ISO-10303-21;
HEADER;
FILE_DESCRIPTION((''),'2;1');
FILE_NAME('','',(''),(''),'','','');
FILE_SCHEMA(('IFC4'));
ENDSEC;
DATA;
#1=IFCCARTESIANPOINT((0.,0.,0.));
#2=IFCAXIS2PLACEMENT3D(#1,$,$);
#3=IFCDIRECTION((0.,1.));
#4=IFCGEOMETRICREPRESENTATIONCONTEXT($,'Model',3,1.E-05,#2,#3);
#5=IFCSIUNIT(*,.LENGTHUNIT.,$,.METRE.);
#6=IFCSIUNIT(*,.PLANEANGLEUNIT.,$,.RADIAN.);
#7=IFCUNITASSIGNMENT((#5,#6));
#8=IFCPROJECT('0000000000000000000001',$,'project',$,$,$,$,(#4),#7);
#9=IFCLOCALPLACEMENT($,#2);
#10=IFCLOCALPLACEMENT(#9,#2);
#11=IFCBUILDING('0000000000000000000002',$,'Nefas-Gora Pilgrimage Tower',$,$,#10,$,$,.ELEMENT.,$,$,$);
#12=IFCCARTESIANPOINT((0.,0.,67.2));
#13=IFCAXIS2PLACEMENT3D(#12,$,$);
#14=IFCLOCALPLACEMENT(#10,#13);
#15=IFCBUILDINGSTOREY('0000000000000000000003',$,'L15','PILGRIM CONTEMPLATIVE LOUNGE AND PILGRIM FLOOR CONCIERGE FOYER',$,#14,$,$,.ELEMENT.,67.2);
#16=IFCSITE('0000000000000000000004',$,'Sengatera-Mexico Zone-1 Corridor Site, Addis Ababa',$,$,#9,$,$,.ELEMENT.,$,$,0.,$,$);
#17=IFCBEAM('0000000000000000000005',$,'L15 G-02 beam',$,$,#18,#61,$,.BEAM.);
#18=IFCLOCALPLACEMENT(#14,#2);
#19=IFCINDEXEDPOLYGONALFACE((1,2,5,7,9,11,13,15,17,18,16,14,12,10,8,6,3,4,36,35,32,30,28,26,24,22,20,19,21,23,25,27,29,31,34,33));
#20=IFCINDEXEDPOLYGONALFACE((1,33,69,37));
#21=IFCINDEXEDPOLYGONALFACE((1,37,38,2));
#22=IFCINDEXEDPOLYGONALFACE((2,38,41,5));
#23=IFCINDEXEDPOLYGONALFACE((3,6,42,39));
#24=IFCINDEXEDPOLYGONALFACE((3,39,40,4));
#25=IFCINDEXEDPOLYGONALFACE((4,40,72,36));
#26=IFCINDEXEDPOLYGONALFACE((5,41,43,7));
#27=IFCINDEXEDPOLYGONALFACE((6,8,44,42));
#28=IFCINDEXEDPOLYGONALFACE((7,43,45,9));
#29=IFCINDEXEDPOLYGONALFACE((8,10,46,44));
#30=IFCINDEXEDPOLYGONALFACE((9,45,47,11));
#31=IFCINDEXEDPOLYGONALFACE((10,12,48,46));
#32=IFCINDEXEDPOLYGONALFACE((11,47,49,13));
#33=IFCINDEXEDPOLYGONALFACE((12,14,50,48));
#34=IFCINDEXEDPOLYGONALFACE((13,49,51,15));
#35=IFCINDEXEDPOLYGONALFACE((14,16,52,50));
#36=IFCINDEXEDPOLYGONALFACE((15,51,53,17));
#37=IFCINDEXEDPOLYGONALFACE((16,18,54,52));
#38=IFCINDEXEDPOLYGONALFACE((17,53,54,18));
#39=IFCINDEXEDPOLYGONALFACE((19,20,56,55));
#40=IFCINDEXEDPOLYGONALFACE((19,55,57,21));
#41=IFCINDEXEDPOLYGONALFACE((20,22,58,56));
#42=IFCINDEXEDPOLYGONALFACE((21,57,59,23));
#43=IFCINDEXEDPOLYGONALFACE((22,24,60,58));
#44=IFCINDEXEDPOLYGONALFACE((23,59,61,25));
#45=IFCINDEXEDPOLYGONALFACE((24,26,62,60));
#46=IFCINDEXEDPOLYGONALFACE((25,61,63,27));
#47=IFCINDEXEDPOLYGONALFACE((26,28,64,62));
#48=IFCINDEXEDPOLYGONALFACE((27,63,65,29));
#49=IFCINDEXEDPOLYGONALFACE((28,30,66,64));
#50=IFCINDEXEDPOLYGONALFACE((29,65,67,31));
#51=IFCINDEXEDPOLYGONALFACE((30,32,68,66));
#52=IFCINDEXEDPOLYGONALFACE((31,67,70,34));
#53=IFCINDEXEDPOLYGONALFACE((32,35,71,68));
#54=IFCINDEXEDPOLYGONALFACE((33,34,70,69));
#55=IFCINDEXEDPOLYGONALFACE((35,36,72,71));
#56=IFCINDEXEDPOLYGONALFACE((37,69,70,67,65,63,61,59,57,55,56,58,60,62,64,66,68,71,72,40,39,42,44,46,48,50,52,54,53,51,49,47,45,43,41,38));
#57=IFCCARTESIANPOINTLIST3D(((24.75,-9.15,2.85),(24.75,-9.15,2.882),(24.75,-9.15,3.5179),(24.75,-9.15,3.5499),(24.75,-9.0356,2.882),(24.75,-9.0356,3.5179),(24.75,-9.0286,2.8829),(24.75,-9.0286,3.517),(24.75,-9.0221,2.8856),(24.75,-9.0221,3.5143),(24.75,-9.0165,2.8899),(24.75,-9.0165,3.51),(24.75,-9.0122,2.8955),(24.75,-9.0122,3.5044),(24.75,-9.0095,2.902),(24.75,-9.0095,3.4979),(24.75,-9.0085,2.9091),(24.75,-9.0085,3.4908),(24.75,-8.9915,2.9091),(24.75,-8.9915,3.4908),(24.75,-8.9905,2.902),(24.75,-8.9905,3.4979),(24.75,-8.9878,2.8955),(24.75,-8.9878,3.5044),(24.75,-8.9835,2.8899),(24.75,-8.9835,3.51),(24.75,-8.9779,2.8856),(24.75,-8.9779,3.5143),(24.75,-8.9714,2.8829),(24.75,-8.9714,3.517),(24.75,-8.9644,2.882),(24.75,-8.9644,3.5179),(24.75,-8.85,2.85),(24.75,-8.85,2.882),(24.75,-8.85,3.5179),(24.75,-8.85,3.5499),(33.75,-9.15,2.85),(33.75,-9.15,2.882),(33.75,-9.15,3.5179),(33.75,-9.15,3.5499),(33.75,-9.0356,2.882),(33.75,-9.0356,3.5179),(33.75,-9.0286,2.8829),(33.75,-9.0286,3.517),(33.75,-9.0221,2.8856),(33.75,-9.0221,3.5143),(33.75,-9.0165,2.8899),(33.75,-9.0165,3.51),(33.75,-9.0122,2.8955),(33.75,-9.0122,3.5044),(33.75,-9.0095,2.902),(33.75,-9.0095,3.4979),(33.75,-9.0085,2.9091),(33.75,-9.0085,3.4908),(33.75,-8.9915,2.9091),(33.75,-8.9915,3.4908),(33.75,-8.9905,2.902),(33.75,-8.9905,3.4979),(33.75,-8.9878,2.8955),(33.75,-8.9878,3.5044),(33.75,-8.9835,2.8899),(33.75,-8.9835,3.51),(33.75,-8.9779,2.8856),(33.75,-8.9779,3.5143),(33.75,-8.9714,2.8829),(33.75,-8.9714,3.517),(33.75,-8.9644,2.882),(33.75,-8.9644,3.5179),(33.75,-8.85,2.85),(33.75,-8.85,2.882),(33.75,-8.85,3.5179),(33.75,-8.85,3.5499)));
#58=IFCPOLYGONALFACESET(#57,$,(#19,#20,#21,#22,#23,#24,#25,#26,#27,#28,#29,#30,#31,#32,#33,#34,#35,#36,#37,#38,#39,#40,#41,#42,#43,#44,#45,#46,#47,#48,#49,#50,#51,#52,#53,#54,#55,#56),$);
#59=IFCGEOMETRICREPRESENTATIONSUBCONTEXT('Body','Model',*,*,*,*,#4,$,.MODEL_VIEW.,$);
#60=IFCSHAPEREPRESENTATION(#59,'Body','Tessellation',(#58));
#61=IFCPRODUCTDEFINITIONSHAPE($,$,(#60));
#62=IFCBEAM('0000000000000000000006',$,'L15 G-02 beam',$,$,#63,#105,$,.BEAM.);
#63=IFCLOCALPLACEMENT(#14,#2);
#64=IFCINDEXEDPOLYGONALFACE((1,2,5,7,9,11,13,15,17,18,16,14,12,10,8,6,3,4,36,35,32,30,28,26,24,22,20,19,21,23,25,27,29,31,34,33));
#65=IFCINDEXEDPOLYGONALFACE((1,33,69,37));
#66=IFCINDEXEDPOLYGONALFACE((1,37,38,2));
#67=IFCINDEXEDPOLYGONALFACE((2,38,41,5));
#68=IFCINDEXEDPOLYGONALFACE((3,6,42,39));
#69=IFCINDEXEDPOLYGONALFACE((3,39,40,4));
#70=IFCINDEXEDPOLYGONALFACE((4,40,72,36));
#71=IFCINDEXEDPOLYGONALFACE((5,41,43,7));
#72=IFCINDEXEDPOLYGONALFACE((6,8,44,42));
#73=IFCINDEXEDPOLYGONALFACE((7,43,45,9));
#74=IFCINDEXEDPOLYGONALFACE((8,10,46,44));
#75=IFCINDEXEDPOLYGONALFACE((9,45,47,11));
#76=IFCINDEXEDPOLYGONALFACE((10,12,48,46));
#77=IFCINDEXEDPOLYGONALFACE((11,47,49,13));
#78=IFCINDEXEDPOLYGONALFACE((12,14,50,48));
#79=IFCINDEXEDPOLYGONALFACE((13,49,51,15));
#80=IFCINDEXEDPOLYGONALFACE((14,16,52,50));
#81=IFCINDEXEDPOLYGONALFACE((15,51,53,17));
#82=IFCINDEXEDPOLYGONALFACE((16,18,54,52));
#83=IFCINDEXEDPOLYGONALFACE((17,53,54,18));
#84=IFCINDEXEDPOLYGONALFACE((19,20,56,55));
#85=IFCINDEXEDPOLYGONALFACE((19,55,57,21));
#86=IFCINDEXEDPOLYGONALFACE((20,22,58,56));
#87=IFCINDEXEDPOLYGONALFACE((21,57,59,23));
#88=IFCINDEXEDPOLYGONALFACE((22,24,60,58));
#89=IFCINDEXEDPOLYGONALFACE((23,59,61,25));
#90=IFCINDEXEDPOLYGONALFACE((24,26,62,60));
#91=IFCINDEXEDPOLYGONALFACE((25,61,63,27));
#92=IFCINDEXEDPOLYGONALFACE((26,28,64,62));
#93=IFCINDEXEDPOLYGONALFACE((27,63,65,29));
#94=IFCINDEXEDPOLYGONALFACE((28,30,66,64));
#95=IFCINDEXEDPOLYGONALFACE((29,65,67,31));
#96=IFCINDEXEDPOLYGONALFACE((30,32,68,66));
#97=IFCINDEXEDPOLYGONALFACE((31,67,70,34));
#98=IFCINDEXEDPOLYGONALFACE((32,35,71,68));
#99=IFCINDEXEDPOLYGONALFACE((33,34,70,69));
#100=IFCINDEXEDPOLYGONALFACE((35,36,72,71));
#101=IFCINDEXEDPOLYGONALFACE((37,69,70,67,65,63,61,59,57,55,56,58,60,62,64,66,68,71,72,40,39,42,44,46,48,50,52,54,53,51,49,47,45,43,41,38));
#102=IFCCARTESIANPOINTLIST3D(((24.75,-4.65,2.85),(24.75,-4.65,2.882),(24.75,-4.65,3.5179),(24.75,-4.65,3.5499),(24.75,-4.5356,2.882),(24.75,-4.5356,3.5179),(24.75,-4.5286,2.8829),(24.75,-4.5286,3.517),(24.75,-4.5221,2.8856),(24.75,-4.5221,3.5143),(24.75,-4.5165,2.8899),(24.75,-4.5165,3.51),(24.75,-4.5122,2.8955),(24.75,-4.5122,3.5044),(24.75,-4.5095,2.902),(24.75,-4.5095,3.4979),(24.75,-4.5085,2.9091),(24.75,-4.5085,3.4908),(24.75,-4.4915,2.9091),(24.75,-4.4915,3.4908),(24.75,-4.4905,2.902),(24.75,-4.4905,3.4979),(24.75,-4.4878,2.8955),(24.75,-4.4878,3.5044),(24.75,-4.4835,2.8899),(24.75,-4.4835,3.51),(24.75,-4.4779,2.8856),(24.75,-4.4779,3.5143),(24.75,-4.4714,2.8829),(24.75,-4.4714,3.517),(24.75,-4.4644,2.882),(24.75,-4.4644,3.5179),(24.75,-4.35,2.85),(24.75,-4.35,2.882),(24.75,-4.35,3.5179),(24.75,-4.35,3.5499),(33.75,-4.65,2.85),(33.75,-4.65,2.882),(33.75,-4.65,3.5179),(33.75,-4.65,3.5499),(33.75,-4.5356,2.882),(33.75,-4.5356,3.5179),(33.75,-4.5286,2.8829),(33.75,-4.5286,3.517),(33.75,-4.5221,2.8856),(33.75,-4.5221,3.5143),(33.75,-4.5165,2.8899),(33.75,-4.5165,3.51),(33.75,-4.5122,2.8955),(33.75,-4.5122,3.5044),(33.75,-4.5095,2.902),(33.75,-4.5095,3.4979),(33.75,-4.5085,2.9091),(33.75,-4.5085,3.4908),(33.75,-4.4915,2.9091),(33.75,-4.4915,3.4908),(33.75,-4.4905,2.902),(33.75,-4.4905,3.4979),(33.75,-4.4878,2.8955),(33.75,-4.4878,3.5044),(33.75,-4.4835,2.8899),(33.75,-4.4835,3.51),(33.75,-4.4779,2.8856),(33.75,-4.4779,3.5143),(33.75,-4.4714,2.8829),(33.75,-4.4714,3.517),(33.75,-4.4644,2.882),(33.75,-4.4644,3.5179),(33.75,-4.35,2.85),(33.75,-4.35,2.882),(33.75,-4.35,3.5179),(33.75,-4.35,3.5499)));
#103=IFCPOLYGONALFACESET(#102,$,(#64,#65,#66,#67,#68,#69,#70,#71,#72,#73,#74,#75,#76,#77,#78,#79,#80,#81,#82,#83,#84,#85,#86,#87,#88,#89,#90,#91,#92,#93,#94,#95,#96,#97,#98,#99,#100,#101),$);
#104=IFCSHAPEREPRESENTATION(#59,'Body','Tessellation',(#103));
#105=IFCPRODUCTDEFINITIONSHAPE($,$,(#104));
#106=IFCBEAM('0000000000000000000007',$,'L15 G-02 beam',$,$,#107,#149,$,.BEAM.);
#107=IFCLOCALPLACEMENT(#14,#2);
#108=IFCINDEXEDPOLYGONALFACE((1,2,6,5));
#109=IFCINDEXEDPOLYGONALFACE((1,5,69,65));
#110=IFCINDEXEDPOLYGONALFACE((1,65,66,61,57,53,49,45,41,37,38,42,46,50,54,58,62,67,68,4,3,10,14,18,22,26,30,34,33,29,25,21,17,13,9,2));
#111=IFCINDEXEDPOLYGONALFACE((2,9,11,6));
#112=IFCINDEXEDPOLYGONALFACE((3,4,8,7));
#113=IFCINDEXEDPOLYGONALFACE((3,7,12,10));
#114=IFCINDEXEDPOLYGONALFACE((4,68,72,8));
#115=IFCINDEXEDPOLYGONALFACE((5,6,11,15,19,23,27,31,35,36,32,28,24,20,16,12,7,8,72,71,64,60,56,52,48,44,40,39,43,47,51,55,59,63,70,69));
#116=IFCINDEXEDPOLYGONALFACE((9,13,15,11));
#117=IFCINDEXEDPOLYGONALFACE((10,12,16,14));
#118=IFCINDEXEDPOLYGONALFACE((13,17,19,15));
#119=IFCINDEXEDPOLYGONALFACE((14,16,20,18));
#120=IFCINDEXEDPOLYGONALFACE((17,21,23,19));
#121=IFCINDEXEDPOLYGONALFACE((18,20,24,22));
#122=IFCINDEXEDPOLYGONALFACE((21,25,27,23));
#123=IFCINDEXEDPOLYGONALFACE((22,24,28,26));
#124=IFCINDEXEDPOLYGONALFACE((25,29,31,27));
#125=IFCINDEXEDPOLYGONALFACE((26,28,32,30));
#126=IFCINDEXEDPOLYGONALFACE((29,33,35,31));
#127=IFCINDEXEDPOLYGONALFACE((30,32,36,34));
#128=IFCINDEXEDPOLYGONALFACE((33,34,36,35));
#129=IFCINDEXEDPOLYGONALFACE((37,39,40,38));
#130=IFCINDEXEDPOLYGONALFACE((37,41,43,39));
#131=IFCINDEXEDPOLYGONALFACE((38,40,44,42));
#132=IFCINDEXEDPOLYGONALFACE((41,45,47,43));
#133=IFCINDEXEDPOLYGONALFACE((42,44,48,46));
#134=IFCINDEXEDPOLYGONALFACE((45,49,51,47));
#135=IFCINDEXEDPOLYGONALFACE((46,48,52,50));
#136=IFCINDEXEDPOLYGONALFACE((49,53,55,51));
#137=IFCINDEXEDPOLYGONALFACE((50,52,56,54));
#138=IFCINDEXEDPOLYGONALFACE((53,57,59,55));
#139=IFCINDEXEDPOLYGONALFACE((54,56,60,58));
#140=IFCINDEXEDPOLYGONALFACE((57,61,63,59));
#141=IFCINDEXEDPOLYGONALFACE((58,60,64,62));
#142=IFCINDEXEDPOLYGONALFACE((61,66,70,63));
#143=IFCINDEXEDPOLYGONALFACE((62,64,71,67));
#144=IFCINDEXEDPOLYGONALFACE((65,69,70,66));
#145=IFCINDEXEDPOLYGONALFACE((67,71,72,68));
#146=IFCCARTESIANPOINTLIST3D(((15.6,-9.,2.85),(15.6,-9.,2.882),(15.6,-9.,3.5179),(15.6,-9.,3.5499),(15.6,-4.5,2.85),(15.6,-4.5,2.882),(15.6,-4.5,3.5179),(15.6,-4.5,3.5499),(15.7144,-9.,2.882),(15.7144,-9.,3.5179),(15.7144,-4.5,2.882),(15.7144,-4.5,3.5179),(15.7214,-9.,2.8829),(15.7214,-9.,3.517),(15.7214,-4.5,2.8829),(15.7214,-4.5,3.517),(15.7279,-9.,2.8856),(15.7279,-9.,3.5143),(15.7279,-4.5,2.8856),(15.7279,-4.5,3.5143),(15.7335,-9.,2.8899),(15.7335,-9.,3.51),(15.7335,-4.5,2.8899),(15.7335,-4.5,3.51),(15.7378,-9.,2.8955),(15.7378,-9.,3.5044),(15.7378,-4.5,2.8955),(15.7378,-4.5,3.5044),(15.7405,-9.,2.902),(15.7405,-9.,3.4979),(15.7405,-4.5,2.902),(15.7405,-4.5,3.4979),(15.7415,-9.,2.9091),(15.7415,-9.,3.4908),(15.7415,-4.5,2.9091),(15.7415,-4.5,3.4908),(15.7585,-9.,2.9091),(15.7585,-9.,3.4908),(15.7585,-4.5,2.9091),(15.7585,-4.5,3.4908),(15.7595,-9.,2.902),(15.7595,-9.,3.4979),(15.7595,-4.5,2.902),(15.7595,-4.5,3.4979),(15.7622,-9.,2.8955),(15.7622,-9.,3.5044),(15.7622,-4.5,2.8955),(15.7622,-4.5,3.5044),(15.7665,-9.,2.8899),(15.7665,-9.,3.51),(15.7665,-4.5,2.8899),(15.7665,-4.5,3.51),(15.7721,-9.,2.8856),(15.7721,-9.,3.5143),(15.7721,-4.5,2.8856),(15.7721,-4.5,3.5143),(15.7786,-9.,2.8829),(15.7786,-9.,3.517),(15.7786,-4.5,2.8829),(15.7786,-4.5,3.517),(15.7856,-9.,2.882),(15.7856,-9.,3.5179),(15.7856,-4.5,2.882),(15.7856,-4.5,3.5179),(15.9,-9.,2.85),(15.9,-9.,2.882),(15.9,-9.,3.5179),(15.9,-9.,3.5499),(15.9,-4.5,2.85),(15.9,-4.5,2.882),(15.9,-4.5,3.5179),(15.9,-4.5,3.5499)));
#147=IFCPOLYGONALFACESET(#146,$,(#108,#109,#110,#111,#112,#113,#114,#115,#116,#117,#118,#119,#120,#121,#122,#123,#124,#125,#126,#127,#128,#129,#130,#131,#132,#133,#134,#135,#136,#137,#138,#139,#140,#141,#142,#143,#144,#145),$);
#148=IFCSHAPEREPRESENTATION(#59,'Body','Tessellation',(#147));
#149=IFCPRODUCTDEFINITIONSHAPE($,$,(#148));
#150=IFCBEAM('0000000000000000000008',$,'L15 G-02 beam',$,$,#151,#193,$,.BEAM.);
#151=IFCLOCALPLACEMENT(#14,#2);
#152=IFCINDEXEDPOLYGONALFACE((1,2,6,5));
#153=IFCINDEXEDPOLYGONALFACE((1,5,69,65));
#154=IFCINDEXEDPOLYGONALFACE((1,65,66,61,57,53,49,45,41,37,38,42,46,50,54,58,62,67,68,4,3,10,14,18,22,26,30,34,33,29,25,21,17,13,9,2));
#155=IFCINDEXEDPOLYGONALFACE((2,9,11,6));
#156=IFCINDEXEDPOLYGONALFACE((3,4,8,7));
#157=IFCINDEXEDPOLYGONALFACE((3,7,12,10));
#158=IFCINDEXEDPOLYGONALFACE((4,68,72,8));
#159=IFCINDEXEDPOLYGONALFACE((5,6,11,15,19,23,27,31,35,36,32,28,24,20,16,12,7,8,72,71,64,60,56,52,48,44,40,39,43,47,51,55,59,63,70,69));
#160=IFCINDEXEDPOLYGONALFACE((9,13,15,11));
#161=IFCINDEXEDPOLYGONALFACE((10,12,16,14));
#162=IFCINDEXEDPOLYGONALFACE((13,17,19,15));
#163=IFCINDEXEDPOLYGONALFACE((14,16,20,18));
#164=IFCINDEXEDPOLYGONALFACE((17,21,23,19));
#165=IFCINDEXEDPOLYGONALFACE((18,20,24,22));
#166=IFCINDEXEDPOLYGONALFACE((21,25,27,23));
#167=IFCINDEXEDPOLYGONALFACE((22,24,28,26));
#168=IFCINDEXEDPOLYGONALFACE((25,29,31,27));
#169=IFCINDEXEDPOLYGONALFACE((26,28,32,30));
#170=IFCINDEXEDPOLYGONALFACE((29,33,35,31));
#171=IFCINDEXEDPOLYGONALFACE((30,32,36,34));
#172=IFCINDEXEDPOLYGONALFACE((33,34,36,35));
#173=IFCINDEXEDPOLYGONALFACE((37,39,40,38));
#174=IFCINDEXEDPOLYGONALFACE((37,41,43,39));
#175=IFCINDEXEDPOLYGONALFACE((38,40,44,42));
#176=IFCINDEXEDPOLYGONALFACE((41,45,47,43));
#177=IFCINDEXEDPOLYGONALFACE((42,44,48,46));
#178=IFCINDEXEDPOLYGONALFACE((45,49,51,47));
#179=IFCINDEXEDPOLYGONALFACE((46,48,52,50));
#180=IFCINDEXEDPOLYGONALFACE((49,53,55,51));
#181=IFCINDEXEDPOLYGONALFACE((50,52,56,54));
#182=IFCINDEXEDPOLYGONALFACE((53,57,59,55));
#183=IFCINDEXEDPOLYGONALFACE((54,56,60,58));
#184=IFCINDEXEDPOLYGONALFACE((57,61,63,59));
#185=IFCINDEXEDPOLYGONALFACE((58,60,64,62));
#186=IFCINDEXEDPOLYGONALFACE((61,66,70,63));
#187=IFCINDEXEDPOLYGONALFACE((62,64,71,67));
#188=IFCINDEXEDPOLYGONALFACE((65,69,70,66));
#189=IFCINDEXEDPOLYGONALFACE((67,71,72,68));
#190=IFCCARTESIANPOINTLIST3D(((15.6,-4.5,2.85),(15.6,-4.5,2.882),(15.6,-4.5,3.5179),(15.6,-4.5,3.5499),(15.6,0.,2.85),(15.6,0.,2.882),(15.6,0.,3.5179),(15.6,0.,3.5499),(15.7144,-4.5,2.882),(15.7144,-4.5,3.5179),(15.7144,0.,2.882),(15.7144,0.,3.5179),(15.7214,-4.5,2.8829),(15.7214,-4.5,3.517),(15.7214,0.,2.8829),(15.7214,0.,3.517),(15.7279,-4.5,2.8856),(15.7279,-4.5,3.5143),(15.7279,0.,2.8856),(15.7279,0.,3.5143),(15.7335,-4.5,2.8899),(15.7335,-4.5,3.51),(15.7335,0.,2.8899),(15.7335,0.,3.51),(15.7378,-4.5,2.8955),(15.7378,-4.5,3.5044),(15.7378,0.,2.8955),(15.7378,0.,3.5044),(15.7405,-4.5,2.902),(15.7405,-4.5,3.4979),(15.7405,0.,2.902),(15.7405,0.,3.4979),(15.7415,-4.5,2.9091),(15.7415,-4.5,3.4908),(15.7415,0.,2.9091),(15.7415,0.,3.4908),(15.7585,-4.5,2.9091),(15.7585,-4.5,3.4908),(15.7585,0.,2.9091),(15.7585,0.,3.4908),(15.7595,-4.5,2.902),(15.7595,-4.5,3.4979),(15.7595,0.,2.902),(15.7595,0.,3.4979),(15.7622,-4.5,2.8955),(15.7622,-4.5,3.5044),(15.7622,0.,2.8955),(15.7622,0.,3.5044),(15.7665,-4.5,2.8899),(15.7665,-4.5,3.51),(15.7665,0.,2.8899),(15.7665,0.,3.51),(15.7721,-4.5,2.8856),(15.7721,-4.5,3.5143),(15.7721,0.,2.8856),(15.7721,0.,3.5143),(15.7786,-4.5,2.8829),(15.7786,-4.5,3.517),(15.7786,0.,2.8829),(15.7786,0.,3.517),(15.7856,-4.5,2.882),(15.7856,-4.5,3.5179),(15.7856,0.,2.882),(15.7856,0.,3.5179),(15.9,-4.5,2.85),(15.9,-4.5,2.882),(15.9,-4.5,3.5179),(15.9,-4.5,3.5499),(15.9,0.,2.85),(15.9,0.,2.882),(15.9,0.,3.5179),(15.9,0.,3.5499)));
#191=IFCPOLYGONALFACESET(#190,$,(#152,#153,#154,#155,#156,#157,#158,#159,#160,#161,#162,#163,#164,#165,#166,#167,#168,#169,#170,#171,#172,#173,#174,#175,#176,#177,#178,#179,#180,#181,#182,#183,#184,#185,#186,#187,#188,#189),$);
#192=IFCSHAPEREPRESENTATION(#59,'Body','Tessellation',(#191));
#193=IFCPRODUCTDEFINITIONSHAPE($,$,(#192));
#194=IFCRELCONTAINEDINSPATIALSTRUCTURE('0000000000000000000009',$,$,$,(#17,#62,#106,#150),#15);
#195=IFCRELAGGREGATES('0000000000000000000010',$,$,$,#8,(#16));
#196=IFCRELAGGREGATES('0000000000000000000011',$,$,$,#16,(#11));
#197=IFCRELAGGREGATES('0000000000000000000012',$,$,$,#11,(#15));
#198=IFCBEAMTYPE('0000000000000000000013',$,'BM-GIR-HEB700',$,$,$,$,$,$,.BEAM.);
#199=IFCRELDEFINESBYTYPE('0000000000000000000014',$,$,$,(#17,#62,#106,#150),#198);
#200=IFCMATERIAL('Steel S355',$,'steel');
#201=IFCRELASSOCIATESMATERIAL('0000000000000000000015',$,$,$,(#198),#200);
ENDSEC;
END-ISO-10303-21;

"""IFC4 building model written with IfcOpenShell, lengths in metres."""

from ifc_helpers import new_model, si_unit, direction, frame, origin, origin_2d, place, context, subcontext, project, spatial, i_section, extrude, source, transform, mapped, material, material_profile, profile_set, type_object, element, save


model = new_model("IFC4")

# Units and contexts
model_context = context("Model", 3, precision=1e-05, world=origin(), true_north=direction((0.0, 1.0)))
body_context = subcontext(model_context, "Body", "Model", "MODEL_VIEW")
ifc_project = project(units=[si_unit("LENGTHUNIT", "METRE"), si_unit("PLANEANGLEUNIT", "RADIAN")], contexts=[model_context])

# Site, building, storey
site_placement = place(None, origin())
site = spatial("IfcSite", under=ifc_project, at=site_placement, Name="Sengatera-Mexico Zone-1 Corridor Site, Addis Ababa", CompositionType="ELEMENT", RefElevation=0.0)
building_placement = place(site_placement, origin())
building = spatial("IfcBuilding", under=site, at=building_placement, Name="Nefas-Gora Pilgrimage Tower", CompositionType="ELEMENT")
storey_placement = place(building_placement, frame((0.0, 0.0, 67.2)))
storey = spatial("IfcBuildingStorey", under=building, at=storey_placement, Name="L15", Description="PILGRIM CONTEMPLATIVE LOUNGE AND PILGRIM FLOOR CONCIERGE FOYER", CompositionType="ELEMENT", Elevation=67.2)

# Beams
ifc_material_1 = material(Name="Steel S355", Category="steel")
ifc_material_profile_1 = material_profile(ifc_material_1, i_section(OverallWidth=0.3, OverallDepth=0.7, WebThickness=0.0171, FlangeThickness=0.032, FilletRadius=0.0271, at=origin_2d()), Name="HEB 700")
ifc_profile_set_1 = profile_set([ifc_material_profile_1], Name="Steel S355")
beam_type_1 = type_object("IfcBeamType", Name="BM-GIR-HEB700", PredefinedType="BEAM", material=ifc_profile_set_1)
shared_shape_1 = source(origin(), body_context, "Body", "SweptSolid", [
    extrude(i_section(OverallWidth=0.3, OverallDepth=0.7, WebThickness=0.0171, FlangeThickness=0.032, FilletRadius=0.0271, at=origin_2d()), origin(), (0.0, 0.0, 1.0), 9.0),
])
for number, where, z_axis, x_axis, name in (
    (1, (24.75, -9.0, 3.2), (1.0, 0.0, 0.0), (0.0, 1.0, 0.0), "L15 G-02 beam"),
    (2, (24.75, -4.5, 3.2), (1.0, 0.0, 0.0), (0.0, 1.0, 0.0), "L15 G-02 beam"),
):
    element("IfcBeam", number, at=place(storey_placement, frame(where, z_axis=z_axis, x_axis=x_axis)), inside=storey, type_object=beam_type_1, Name=name, PredefinedType="BEAM", context=body_context, shape_type="MappedRepresentation", body=[
        mapped(shared_shape_1, transform((0.0, 0.0, 0.0), x_axis=(1.0, 0.0, 0.0), y_axis=(0.0, 1.0, 0.0), z_axis=(0.0, 0.0, 1.0), scale=1.0)),
    ])
shared_shape_2 = source(origin(), body_context, "Body", "SweptSolid", [
    extrude(i_section(OverallWidth=0.3, OverallDepth=0.7, WebThickness=0.0171, FlangeThickness=0.032, FilletRadius=0.0271, at=origin_2d()), origin(), (0.0, 0.0, 1.0), 4.5),
])
for number, where, z_axis, x_axis, name in (
    (3, (15.75, -9.0, 3.2), (0.0, 1.0, 0.0), (-1.0, 0.0, 0.0), "L15 G-02 beam"),
    (4, (15.75, -4.5, 3.2), (0.0, 1.0, 0.0), (-1.0, 0.0, 0.0), "L15 G-02 beam"),
):
    element("IfcBeam", number, at=place(storey_placement, frame(where, z_axis=z_axis, x_axis=x_axis)), inside=storey, type_object=beam_type_1, Name=name, PredefinedType="BEAM", context=body_context, shape_type="MappedRepresentation", body=[
        mapped(shared_shape_2, transform((0.0, 0.0, 0.0), x_axis=(1.0, 0.0, 0.0), y_axis=(0.0, 1.0, 0.0), z_axis=(0.0, 0.0, 1.0), scale=1.0)),
    ])

save(model, "model.ifc")
